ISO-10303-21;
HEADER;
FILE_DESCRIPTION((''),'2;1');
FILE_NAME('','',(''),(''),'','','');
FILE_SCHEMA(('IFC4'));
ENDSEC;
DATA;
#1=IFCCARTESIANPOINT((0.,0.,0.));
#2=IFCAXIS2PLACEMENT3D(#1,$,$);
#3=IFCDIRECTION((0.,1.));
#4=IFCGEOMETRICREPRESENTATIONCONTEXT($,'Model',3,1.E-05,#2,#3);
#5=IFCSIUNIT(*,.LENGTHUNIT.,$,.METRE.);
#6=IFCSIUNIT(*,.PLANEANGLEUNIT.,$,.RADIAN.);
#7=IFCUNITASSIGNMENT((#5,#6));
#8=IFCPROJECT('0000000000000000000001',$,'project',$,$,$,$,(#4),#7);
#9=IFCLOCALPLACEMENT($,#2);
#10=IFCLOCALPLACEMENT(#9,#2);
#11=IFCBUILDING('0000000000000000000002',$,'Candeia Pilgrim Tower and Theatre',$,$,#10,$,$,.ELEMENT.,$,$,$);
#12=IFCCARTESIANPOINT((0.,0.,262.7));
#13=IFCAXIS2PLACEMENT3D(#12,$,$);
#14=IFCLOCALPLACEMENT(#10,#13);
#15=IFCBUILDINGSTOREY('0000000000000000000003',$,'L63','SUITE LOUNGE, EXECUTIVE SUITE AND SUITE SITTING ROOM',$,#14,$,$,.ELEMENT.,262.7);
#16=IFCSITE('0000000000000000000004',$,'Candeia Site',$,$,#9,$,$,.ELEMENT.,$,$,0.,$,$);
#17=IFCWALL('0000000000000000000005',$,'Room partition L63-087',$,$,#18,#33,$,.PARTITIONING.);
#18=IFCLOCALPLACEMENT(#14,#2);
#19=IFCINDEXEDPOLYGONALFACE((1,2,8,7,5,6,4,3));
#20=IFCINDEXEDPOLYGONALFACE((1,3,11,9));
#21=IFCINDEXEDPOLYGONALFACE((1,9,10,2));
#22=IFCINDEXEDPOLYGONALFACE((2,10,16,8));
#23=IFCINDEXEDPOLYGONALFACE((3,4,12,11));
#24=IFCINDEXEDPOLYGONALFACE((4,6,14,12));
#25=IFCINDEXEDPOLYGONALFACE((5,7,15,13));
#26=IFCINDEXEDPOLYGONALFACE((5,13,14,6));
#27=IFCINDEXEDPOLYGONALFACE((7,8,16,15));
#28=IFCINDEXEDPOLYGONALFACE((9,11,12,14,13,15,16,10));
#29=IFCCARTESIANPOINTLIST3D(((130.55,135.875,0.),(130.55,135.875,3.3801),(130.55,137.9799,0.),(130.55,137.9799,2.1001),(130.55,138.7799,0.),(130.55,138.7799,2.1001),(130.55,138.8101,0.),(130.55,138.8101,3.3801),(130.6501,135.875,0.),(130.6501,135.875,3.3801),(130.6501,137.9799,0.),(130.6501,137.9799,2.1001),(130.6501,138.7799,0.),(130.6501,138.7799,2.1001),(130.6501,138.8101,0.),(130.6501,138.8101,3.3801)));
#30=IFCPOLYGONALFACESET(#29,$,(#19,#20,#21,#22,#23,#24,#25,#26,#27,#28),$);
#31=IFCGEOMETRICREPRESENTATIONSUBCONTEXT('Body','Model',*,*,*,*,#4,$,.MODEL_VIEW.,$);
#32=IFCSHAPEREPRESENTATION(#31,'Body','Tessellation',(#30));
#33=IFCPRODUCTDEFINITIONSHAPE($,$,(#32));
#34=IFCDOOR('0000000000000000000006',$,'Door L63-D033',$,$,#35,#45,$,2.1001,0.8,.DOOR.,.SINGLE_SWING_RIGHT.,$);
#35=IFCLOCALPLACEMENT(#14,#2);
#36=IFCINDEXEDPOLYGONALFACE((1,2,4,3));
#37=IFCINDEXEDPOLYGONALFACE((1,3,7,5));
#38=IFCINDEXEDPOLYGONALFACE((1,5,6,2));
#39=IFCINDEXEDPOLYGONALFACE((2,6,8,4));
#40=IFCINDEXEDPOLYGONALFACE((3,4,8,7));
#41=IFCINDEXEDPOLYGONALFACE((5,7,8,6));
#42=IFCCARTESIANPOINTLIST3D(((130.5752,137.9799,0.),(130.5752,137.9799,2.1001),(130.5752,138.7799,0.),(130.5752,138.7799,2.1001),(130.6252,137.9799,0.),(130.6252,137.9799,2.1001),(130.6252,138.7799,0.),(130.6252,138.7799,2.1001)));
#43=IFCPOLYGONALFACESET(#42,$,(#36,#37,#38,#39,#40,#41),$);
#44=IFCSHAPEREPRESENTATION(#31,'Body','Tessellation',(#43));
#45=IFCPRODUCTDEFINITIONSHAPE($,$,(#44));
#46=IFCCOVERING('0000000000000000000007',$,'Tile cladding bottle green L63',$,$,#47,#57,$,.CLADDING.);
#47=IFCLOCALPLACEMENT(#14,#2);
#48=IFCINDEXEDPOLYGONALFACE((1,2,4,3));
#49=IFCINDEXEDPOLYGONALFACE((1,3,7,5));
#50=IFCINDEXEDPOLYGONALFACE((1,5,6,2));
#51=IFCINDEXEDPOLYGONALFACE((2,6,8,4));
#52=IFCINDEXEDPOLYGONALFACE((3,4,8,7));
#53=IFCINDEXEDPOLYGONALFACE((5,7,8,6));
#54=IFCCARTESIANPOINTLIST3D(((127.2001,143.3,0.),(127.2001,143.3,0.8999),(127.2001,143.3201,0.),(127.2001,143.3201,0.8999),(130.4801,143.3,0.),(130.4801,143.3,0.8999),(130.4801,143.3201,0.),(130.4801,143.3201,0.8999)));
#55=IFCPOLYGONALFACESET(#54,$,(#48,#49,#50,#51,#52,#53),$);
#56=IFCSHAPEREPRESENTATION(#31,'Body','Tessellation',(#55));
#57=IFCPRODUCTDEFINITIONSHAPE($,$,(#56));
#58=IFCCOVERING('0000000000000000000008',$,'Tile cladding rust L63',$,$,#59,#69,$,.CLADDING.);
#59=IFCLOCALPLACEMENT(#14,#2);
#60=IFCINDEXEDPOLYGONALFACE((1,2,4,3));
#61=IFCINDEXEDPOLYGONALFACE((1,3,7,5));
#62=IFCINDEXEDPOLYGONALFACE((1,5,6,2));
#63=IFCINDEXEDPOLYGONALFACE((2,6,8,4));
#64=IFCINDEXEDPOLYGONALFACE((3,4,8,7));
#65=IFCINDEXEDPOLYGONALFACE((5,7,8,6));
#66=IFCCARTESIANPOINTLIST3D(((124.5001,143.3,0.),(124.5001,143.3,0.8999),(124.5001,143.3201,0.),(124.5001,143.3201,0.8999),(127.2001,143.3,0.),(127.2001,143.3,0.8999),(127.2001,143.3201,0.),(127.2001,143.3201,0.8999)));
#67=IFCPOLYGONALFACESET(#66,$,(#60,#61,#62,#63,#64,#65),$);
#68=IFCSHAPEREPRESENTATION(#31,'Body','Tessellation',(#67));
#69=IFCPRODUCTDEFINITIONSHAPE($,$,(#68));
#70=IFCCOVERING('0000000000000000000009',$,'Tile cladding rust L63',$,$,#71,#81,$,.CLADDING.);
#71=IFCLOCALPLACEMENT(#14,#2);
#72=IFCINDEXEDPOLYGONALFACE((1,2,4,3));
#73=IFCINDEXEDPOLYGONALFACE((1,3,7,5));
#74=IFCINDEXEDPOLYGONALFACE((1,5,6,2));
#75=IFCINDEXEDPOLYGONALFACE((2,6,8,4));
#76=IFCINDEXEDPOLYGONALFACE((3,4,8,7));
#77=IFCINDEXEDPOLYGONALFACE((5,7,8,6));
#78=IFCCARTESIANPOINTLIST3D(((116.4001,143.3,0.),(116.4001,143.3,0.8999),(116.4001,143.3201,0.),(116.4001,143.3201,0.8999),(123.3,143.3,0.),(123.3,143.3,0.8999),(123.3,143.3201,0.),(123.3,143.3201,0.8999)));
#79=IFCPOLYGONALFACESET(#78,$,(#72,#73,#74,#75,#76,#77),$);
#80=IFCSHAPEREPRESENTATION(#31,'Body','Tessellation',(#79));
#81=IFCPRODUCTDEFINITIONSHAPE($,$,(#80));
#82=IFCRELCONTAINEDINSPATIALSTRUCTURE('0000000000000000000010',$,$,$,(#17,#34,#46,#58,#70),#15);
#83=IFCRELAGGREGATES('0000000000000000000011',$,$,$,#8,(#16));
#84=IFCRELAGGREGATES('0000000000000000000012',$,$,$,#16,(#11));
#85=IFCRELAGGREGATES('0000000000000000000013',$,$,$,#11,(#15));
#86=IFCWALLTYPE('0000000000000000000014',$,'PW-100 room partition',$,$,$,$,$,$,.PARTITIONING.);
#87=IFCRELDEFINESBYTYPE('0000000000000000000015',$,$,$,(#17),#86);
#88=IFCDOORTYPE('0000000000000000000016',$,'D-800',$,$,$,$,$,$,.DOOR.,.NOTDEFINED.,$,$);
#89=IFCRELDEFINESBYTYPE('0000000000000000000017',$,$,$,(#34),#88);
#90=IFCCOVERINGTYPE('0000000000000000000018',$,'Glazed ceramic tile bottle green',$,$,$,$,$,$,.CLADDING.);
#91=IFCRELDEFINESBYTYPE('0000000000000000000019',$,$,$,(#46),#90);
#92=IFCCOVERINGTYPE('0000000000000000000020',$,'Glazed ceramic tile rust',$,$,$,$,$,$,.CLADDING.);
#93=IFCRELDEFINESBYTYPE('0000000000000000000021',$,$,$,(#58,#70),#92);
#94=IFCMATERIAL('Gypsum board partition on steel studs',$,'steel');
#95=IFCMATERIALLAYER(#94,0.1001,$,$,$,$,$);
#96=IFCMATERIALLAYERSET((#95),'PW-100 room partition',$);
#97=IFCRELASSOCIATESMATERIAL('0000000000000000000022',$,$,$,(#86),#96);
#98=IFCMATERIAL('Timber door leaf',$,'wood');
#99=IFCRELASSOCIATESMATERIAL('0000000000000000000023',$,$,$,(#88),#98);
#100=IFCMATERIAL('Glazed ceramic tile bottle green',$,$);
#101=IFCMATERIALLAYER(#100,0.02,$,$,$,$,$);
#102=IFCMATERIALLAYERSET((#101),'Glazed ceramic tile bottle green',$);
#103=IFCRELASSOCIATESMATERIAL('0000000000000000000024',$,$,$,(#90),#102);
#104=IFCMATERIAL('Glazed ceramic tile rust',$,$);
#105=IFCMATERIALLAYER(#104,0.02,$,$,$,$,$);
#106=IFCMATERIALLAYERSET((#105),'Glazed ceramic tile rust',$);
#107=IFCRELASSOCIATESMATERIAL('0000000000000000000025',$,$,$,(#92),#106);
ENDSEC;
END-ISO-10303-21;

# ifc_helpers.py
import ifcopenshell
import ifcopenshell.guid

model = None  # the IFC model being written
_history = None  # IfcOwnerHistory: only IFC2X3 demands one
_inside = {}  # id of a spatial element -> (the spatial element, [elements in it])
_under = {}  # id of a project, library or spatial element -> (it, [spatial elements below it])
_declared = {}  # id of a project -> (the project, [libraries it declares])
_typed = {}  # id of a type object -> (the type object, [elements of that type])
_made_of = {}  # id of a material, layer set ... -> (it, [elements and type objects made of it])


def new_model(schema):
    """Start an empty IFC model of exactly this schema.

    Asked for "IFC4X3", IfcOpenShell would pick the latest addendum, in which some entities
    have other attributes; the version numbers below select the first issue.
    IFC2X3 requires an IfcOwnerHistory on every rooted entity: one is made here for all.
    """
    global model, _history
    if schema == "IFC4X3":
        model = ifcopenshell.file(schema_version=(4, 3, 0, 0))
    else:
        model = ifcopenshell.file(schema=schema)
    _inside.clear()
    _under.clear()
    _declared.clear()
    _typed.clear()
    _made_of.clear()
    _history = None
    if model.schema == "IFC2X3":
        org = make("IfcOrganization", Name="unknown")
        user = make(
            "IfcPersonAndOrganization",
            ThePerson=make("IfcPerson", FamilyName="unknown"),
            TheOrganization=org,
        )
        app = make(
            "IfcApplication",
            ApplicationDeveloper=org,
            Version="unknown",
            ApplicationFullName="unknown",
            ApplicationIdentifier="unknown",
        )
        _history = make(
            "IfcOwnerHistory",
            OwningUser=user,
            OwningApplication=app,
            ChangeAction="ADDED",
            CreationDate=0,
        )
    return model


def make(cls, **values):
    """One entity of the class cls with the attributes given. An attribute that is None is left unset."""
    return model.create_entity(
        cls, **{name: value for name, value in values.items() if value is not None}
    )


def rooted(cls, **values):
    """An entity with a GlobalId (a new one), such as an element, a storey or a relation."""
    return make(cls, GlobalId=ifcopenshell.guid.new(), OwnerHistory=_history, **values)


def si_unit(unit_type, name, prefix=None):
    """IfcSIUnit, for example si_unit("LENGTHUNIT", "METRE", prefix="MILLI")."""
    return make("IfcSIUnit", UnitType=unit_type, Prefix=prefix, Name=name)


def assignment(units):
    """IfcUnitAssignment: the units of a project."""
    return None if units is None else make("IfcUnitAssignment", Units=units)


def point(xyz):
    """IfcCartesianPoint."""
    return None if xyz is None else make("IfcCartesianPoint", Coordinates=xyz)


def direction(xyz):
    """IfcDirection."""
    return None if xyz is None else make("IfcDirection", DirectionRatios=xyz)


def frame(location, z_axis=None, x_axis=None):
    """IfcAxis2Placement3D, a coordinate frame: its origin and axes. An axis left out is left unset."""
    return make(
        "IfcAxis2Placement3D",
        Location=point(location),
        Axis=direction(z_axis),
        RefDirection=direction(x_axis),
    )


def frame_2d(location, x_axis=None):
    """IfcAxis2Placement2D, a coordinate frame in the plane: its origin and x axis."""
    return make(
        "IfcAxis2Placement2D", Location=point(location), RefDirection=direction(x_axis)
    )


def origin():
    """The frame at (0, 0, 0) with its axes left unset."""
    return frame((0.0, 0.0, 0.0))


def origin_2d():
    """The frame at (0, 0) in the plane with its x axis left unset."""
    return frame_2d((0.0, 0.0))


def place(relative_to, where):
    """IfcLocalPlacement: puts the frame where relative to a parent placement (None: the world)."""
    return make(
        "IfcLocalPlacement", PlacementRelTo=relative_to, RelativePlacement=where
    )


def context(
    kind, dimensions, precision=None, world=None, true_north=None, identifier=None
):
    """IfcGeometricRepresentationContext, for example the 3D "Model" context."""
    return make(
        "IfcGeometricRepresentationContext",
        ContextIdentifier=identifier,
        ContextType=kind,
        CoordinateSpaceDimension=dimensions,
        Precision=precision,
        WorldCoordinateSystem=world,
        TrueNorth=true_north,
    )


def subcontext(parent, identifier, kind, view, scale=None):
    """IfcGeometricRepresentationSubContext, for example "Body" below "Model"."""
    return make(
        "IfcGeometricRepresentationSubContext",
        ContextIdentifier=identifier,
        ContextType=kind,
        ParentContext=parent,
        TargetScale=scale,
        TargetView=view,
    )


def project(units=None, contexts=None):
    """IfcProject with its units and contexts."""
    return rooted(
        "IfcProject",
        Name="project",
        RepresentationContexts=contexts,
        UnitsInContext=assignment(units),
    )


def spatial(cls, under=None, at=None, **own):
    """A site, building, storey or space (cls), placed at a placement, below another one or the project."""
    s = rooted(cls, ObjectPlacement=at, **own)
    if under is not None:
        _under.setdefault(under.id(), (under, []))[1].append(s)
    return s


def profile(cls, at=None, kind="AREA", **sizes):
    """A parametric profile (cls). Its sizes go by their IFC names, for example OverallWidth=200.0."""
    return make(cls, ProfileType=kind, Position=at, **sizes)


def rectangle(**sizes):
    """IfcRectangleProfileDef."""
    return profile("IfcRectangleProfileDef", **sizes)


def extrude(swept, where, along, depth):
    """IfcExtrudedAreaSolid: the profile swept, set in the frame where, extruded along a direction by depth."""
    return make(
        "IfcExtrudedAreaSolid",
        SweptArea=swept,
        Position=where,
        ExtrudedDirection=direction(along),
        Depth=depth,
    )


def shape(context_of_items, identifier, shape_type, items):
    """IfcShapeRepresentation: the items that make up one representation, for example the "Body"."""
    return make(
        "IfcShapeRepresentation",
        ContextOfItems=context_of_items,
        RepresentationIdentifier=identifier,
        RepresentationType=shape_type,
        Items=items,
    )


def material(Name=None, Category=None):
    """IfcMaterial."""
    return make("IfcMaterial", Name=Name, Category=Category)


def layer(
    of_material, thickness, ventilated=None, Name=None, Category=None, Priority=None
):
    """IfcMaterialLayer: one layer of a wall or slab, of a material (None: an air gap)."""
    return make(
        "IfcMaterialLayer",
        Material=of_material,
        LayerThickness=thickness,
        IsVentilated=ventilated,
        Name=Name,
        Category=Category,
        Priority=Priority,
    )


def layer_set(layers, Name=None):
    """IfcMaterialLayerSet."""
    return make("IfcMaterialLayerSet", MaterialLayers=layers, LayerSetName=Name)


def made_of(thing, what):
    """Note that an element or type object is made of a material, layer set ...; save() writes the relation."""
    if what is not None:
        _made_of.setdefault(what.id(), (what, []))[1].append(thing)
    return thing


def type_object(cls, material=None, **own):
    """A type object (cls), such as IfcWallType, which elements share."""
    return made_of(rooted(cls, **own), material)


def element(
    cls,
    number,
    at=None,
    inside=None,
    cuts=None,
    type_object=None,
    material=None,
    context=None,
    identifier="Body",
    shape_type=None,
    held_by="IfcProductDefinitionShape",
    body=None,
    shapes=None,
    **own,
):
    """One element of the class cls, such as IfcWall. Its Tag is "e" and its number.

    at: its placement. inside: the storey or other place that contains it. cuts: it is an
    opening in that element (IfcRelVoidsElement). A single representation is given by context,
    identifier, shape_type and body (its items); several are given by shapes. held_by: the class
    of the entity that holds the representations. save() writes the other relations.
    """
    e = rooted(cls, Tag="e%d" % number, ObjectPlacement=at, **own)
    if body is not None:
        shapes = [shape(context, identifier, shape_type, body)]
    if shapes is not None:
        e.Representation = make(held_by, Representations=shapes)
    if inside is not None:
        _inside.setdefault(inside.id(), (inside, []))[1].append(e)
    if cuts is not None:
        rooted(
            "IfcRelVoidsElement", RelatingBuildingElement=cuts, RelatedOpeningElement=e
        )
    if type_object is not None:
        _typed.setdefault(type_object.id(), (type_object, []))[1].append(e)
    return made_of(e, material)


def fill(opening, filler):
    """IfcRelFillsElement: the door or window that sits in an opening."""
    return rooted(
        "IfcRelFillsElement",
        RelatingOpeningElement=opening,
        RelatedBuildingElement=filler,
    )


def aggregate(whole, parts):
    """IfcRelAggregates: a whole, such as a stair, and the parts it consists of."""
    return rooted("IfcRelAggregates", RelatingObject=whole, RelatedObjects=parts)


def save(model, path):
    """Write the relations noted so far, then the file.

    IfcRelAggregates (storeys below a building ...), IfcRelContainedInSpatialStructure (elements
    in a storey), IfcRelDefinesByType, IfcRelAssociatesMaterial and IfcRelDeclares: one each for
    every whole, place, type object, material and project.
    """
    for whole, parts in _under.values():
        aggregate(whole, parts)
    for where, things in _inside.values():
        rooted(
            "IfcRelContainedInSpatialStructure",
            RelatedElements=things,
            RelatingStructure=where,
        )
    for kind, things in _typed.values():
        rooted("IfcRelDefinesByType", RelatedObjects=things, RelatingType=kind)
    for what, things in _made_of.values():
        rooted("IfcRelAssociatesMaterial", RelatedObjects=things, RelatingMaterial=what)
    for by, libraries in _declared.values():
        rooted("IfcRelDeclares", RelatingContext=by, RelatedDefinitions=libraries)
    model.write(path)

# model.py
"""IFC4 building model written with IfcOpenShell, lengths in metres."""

from ifc_helpers import new_model, si_unit, direction, frame, frame_2d, origin, origin_2d, place, context, subcontext, project, spatial, rectangle, extrude, material, layer, layer_set, type_object, element, fill, save


model = new_model("IFC4")

# Units and contexts
model_context = context("Model", 3, precision=1e-05, world=origin(), true_north=direction((0.0, 1.0)))
body_context = subcontext(model_context, "Body", "Model", "MODEL_VIEW")
ifc_project = project(units=[si_unit("LENGTHUNIT", "METRE"), si_unit("PLANEANGLEUNIT", "RADIAN")], contexts=[model_context])

# Site, building, storey
site_placement = place(None, origin())
site = spatial("IfcSite", under=ifc_project, at=site_placement, Name="Candeia Site", CompositionType="ELEMENT", RefElevation=0.0)
building_placement = place(site_placement, origin())
building = spatial("IfcBuilding", under=site, at=building_placement, Name="Candeia Pilgrim Tower and Theatre", CompositionType="ELEMENT")
storey_placement = place(building_placement, frame((0.0, 0.0, 262.7)))
storey = spatial("IfcBuildingStorey", under=building, at=storey_placement, Name="L63", Description="SUITE LOUNGE, EXECUTIVE SUITE AND SUITE SITTING ROOM", CompositionType="ELEMENT", Elevation=262.7)

# Wall, opening, door
ifc_material_1 = material(Name="Gypsum board partition on steel studs", Category="steel")
ifc_layer_1 = layer(ifc_material_1, 0.1001)
ifc_layer_set_1 = layer_set([ifc_layer_1], Name="PW-100 room partition")
wall_type_1 = type_object("IfcWallType", Name="PW-100 room partition", PredefinedType="PARTITIONING", material=ifc_layer_set_1)
ifc_material_2 = material(Name="Timber door leaf", Category="wood")
door_type_1 = type_object("IfcDoorType", Name="D-800", OperationType="NOTDEFINED", PredefinedType="DOOR", material=ifc_material_2)
wall_1_placement = place(storey_placement, frame((130.6001, 135.875, 0.0), z_axis=(0.0, 0.0, 1.0), x_axis=(0.0, 1.0, 0.0)))
wall_1 = element("IfcWall", 1, at=wall_1_placement, inside=storey, type_object=wall_type_1, Name="Room partition L63-087", PredefinedType="PARTITIONING", context=body_context, shape_type="SweptSolid", body=[
    extrude(rectangle(XDim=2.9351, YDim=0.1001, at=frame_2d((1.4675, 0.0))), origin(), (0.0, 0.0, 1.0), 3.3801),
])
opening_1_placement = place(wall_1_placement, frame((2.105, 0.0, 0.0)))
opening_1 = element("IfcOpeningElement", 2, at=opening_1_placement, cuts=wall_1, PredefinedType="OPENING", context=body_context, shape_type="SweptSolid", body=[
    extrude(rectangle(XDim=0.8, YDim=2.1001, at=frame_2d((0.3999, 1.05))), frame((0.0, 0.0601, 0.0), z_axis=(0.0, -1.0, 0.0), x_axis=(1.0, 0.0, 0.0)), (0.0, 0.0, 1.0), 0.1201),
])
door_1_placement = place(opening_1_placement, origin())
door_1 = element("IfcDoor", 3, at=door_1_placement, inside=storey, type_object=door_type_1, Name="Door L63-D033", OperationType="SINGLE_SWING_RIGHT", OverallHeight=2.1001, OverallWidth=0.8, PredefinedType="DOOR", context=body_context, shape_type="SweptSolid", body=[
    extrude(rectangle(XDim=0.8, YDim=2.1001, at=frame_2d((0.3999, 1.05))), frame((0.0, 0.0249, 0.0), z_axis=(0.0, -1.0, 0.0), x_axis=(1.0, 0.0, 0.0)), (0.0, 0.0, 1.0), 0.05),
])
fill(opening_1, door_1)

# Coverings
ifc_material_3 = material(Name="Glazed ceramic tile bottle green")
ifc_layer_2 = layer(ifc_material_3, 0.02)
ifc_layer_set_2 = layer_set([ifc_layer_2], Name="Glazed ceramic tile bottle green")
covering_type_1 = type_object("IfcCoveringType", Name="Glazed ceramic tile bottle green", PredefinedType="CLADDING", material=ifc_layer_set_2)
covering_1_placement = place(storey_placement, frame((128.8401, 143.3101, 0.0), z_axis=(0.0, 0.0, 1.0), x_axis=(-1.0, 0.0, 0.0)))
element("IfcCovering", 4, at=covering_1_placement, inside=storey, type_object=covering_type_1, Name="Tile cladding bottle green L63", PredefinedType="CLADDING", context=body_context, shape_type="SweptSolid", body=[
    extrude(rectangle(XDim=3.28, YDim=0.02, at=origin_2d()), origin(), (0.0, 0.0, 1.0), 0.8999),
])
ifc_material_4 = material(Name="Glazed ceramic tile rust")
ifc_layer_3 = layer(ifc_material_4, 0.02)
ifc_layer_set_3 = layer_set([ifc_layer_3], Name="Glazed ceramic tile rust")
covering_type_2 = type_object("IfcCoveringType", Name="Glazed ceramic tile rust", PredefinedType="CLADDING", material=ifc_layer_set_3)
covering_2_placement = place(storey_placement, frame((125.8501, 143.3101, 0.0), z_axis=(0.0, 0.0, 1.0), x_axis=(-1.0, 0.0, 0.0)))
element("IfcCovering", 5, at=covering_2_placement, inside=storey, type_object=covering_type_2, Name="Tile cladding rust L63", PredefinedType="CLADDING", context=body_context, shape_type="SweptSolid", body=[
    extrude(rectangle(XDim=2.7, YDim=0.02, at=origin_2d()), origin(), (0.0, 0.0, 1.0), 0.8999),
])
covering_3_placement = place(storey_placement, frame((119.8501, 143.3101, 0.0), z_axis=(0.0, 0.0, 1.0), x_axis=(-1.0, 0.0, 0.0)))
element("IfcCovering", 6, at=covering_3_placement, inside=storey, type_object=covering_type_2, Name="Tile cladding rust L63", PredefinedType="CLADDING", context=body_context, shape_type="SweptSolid", body=[
    extrude(rectangle(XDim=6.8999, YDim=0.02, at=origin_2d()), origin(), (0.0, 0.0, 1.0), 0.8999),
])

save(model, "model.ifc")
